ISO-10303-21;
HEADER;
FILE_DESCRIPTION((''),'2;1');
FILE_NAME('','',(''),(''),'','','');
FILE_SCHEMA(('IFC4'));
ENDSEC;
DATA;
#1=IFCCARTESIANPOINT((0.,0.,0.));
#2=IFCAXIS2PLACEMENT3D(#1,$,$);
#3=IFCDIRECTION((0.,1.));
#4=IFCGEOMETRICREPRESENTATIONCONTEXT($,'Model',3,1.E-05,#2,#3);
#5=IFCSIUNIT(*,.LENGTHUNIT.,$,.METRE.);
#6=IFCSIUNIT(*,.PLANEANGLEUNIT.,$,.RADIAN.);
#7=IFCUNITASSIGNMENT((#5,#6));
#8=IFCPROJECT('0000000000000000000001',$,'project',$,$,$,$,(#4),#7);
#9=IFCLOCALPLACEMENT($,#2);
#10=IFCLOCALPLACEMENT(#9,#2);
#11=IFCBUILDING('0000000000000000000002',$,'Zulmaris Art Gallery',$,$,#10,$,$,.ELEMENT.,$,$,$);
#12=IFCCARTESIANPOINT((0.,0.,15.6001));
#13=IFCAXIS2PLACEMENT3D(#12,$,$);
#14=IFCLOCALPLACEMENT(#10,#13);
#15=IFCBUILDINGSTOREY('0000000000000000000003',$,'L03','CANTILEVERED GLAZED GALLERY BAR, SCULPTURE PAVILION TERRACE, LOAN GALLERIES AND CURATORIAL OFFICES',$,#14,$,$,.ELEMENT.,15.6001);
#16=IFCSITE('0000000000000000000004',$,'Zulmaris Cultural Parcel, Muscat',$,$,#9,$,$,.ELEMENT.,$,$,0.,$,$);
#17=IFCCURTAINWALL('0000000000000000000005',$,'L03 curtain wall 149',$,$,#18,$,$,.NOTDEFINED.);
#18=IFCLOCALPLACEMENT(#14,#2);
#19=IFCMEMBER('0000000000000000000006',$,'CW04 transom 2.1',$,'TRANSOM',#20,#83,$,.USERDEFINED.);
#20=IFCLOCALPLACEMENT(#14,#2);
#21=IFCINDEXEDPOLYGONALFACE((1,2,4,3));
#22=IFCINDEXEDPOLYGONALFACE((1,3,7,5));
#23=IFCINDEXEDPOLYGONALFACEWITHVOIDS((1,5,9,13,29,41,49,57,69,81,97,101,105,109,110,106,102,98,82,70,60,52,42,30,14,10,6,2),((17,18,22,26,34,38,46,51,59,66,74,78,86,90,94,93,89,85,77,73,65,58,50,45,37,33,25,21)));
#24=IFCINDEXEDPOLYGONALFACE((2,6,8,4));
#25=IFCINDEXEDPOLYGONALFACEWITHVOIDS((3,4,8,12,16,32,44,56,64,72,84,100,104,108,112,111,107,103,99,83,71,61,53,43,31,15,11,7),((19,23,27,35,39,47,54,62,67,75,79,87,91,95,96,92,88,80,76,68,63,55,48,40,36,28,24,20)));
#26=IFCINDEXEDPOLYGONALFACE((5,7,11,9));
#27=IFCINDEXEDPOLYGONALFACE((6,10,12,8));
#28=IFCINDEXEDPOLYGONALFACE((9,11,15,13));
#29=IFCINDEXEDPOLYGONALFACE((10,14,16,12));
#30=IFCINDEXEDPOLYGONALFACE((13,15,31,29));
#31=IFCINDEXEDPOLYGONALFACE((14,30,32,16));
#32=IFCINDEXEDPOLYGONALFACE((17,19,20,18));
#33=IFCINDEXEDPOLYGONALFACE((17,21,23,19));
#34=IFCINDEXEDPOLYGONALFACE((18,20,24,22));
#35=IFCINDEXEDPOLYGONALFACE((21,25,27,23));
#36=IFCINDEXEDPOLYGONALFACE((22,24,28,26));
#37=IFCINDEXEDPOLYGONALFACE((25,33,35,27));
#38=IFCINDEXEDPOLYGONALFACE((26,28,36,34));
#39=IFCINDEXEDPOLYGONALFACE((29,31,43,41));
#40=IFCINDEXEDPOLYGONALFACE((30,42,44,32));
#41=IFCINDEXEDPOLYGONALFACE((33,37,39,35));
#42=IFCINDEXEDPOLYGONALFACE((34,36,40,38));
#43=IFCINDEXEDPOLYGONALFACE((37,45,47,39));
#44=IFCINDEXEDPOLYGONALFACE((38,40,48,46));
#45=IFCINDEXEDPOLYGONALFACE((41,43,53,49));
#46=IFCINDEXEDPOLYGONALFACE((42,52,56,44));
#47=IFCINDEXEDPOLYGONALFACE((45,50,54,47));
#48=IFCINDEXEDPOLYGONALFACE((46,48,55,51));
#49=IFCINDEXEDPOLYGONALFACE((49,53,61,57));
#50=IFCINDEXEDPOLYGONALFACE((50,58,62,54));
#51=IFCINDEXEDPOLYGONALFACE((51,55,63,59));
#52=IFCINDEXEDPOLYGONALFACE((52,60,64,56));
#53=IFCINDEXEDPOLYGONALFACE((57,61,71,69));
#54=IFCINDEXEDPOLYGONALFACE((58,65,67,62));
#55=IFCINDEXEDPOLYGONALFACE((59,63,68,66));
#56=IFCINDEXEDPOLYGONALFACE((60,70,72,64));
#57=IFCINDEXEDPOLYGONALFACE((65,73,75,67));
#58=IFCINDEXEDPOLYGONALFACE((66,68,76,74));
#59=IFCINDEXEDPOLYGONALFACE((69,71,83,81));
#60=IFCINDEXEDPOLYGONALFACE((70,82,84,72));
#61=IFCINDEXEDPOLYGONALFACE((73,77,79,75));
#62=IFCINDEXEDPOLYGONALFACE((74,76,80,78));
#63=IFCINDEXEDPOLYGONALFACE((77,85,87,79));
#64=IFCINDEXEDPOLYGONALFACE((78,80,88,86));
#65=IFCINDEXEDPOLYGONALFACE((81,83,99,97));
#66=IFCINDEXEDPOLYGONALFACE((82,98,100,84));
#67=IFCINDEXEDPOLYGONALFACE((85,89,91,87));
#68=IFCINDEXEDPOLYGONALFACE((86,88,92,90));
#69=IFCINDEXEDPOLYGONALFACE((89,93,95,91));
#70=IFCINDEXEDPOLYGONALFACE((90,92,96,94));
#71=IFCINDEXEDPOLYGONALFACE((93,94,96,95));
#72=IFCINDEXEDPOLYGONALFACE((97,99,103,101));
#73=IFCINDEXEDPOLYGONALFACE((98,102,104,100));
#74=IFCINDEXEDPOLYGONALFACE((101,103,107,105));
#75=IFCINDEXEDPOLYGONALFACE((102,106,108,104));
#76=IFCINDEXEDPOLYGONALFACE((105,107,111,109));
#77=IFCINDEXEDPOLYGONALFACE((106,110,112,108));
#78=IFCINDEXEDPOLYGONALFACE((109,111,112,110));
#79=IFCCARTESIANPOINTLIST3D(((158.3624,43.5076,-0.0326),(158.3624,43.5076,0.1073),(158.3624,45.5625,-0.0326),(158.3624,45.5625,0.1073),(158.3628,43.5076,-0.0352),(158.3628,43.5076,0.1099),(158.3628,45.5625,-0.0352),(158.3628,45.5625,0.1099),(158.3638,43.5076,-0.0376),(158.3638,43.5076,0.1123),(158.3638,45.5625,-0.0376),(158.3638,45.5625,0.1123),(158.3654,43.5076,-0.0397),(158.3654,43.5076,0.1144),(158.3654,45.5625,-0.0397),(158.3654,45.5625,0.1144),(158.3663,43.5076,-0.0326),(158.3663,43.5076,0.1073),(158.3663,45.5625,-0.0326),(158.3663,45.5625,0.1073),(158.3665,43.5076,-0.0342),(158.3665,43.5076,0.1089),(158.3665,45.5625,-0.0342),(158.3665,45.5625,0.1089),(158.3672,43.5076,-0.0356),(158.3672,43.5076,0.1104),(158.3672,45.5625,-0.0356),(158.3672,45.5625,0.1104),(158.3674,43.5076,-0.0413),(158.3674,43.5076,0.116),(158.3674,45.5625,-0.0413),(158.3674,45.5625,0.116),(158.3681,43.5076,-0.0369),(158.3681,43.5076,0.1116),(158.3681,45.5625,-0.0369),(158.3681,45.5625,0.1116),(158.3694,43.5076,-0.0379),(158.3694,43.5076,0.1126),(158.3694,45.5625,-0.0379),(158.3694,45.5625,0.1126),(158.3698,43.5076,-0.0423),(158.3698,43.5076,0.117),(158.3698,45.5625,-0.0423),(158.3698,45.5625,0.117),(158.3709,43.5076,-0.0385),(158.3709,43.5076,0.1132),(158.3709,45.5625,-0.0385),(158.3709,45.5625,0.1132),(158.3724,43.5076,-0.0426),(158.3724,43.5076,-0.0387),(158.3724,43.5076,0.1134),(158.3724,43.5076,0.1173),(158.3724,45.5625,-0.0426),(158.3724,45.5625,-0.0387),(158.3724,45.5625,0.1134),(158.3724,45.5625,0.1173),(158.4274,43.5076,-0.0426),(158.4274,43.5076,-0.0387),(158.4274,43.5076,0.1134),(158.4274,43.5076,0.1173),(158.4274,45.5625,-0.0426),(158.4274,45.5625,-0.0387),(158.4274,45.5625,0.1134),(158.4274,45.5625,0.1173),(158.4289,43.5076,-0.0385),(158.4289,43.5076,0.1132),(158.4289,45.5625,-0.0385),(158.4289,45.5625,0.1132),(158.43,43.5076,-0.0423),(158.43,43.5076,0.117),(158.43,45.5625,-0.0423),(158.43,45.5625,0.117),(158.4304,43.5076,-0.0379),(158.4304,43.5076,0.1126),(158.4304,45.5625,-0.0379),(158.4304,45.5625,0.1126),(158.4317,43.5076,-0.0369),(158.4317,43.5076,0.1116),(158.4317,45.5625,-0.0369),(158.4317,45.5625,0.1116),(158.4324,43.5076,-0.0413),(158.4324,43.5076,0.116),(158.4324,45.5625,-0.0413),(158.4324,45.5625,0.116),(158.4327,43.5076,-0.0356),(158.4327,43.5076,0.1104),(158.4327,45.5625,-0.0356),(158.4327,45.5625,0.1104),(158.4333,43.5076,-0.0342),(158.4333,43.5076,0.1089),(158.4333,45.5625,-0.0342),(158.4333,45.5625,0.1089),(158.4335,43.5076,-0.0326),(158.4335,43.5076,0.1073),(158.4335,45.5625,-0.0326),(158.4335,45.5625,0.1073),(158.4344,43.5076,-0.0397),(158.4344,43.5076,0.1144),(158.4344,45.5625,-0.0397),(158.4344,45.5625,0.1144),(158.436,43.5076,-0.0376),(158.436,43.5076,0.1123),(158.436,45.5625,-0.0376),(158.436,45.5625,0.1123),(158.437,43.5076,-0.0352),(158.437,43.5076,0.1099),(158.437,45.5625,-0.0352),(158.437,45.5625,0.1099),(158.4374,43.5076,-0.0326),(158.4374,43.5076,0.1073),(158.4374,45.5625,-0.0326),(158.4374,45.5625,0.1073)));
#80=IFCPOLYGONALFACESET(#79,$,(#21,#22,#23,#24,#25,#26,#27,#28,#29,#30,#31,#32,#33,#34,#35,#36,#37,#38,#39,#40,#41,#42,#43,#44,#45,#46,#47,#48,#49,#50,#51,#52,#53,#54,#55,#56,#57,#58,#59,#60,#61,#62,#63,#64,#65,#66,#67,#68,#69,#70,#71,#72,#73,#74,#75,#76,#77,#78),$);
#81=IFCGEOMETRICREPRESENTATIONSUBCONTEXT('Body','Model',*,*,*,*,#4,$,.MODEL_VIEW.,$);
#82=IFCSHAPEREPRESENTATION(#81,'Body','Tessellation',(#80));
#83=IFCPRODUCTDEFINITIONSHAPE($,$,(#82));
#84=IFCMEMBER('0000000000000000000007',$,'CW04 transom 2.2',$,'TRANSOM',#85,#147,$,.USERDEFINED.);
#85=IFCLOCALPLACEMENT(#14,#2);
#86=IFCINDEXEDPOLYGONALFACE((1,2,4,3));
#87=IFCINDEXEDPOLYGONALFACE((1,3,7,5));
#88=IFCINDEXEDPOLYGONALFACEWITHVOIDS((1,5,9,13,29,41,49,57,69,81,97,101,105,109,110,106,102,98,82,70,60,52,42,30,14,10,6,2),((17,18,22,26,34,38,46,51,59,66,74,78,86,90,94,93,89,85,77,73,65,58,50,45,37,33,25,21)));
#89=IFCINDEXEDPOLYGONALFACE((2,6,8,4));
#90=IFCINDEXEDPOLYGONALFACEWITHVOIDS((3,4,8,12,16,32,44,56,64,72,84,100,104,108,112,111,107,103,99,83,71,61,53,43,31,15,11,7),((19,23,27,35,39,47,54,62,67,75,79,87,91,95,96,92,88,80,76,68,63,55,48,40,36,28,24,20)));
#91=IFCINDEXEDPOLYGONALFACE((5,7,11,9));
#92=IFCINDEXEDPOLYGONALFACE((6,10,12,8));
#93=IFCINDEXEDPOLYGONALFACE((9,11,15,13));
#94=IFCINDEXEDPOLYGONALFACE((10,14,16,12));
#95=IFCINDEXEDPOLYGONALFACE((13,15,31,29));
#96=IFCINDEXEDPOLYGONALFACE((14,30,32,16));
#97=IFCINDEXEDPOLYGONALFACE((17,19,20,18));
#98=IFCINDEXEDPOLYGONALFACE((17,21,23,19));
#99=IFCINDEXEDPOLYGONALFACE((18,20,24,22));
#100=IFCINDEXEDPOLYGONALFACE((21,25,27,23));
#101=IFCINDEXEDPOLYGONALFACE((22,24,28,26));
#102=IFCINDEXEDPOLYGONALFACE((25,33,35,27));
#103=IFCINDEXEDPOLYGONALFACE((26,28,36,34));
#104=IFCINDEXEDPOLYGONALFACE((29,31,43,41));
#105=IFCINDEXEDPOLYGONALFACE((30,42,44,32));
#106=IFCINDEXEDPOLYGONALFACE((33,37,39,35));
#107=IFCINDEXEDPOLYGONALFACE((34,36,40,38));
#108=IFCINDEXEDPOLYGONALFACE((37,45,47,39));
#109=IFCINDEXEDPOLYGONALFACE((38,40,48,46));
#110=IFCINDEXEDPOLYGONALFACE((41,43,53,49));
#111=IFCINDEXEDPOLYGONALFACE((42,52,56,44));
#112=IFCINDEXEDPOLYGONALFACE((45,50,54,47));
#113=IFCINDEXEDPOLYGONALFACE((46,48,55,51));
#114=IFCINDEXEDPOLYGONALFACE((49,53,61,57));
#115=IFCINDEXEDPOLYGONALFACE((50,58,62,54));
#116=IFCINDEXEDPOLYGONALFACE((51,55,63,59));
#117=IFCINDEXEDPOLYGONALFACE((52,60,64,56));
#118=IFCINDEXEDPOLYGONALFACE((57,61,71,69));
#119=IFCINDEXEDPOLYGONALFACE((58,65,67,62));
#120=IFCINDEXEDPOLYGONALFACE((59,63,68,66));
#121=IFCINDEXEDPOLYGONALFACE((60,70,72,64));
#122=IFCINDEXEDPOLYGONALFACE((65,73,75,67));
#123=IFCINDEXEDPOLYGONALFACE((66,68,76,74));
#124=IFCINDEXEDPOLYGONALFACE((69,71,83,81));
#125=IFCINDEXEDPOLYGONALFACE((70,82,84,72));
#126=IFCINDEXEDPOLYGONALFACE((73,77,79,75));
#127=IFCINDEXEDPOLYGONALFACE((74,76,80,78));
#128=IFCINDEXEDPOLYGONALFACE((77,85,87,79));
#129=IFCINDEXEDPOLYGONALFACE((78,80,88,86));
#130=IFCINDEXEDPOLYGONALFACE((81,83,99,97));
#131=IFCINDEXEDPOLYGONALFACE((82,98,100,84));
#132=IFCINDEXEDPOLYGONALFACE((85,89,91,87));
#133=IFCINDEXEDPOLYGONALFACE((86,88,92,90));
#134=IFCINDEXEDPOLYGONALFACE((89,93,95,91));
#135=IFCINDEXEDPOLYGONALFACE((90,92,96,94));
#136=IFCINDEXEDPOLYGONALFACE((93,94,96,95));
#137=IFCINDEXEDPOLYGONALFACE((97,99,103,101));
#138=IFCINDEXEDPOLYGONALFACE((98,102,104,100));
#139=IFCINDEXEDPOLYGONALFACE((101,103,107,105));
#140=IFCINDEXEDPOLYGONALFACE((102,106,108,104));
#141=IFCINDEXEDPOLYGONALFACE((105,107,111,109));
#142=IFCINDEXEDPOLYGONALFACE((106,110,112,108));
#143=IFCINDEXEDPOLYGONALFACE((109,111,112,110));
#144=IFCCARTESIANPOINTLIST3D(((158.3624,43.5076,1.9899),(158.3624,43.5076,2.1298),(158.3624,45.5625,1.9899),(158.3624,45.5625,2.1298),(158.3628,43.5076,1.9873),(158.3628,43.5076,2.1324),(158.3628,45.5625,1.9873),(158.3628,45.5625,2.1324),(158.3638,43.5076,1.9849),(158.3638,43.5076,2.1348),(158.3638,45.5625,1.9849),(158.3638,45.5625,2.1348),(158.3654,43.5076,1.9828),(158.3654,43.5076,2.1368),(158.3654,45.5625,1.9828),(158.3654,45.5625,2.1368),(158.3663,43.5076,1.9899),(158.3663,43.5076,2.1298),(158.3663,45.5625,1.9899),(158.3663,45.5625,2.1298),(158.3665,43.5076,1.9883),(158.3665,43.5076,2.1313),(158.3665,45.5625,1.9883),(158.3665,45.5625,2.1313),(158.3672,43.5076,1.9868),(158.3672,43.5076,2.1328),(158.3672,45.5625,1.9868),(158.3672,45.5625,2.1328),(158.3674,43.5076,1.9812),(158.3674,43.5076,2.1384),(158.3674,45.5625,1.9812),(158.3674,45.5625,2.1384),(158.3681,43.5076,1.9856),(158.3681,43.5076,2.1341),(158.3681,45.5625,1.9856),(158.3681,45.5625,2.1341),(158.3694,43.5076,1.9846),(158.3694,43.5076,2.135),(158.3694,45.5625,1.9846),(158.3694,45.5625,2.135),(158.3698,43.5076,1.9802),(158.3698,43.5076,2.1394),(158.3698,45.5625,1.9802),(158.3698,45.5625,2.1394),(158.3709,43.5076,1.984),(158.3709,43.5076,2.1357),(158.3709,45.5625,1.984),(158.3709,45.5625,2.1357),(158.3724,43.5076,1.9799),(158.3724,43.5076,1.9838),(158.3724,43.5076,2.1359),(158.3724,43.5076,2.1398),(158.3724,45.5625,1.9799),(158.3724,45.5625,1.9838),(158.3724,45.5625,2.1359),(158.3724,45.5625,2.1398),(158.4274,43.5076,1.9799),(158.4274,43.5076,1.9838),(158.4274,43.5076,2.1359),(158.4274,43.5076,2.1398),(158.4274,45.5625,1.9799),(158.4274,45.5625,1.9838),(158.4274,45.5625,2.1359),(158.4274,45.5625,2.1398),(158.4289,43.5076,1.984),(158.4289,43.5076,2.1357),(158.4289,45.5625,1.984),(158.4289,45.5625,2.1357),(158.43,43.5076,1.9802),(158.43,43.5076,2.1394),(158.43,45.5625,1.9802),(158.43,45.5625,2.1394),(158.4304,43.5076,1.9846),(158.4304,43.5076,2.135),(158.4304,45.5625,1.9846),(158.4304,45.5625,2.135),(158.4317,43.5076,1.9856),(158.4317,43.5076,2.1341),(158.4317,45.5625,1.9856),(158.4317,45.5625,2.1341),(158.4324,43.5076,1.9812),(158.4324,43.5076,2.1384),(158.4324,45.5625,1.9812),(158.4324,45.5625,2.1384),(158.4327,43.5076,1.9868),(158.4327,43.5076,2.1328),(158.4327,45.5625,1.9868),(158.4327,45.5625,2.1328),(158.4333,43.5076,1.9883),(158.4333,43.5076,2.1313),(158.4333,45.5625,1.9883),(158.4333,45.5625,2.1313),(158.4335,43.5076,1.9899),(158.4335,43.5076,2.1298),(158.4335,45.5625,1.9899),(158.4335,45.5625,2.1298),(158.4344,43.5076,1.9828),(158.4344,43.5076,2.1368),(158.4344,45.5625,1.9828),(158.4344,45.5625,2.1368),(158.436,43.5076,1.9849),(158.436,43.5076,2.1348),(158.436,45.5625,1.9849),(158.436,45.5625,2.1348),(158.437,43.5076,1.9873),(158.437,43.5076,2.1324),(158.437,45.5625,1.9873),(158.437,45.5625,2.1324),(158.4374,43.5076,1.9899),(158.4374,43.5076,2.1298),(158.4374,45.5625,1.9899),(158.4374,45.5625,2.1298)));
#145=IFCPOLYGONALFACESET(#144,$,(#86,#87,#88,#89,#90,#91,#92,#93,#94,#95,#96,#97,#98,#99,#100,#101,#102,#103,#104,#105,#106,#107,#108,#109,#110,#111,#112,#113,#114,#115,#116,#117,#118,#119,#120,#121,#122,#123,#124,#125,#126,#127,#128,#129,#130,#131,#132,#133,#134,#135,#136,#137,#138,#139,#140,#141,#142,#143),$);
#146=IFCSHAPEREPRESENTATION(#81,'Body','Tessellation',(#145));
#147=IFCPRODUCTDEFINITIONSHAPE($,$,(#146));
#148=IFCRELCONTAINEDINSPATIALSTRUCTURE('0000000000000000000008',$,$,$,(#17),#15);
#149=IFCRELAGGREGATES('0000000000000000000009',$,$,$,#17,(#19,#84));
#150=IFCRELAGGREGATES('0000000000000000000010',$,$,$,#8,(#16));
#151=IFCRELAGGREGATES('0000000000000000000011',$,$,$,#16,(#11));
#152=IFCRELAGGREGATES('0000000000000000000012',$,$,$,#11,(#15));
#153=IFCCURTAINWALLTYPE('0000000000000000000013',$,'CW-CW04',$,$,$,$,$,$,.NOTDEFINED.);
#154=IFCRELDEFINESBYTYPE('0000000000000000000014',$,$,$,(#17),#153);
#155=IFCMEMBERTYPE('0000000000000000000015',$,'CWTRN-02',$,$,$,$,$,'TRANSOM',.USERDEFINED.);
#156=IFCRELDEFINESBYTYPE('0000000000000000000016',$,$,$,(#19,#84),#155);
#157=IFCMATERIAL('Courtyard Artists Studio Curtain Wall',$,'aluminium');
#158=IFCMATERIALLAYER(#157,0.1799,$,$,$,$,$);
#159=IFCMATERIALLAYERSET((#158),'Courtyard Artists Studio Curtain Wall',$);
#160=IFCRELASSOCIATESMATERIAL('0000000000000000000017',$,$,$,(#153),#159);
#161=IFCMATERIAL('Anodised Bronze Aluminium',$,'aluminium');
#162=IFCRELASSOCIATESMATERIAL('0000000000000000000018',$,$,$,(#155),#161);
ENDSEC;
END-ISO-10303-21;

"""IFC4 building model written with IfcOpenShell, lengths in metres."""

from ifc_helpers import new_model, si_unit, direction, frame, origin, origin_2d, place, context, subcontext, project, spatial, hollow_rectangle, extrude, material, layer, layer_set, material_profile, profile_set, type_object, element, aggregate, save


model = new_model("IFC4")

# Units and contexts
model_context = context("Model", 3, precision=1e-05, world=origin(), true_north=direction((0.0, 1.0)))
body_context = subcontext(model_context, "Body", "Model", "MODEL_VIEW")
ifc_project = project(units=[si_unit("LENGTHUNIT", "METRE"), si_unit("PLANEANGLEUNIT", "RADIAN")], contexts=[model_context])

# Site, building, storey
site_placement = place(None, origin())
site = spatial("IfcSite", under=ifc_project, at=site_placement, Name="Zulmaris Cultural Parcel, Muscat", CompositionType="ELEMENT", RefElevation=0.0)
building_placement = place(site_placement, origin())
building = spatial("IfcBuilding", under=site, at=building_placement, Name="Zulmaris Art Gallery", CompositionType="ELEMENT")
storey_placement = place(building_placement, frame((0.0, 0.0, 15.6001)))
storey = spatial("IfcBuildingStorey", under=building, at=storey_placement, Name="L03", Description="CANTILEVERED GLAZED GALLERY BAR, SCULPTURE PAVILION TERRACE, LOAN GALLERIES AND CURATORIAL OFFICES", CompositionType="ELEMENT", Elevation=15.6001)

# Curtain wall
ifc_material_1 = material(Name="Courtyard Artists Studio Curtain Wall", Category="aluminium")
ifc_layer_1 = layer(ifc_material_1, 0.1799)
ifc_layer_set_1 = layer_set([ifc_layer_1], Name="Courtyard Artists Studio Curtain Wall")
curtain_wall_type = type_object("IfcCurtainWallType", Name="CW-CW04", PredefinedType="NOTDEFINED", material=ifc_layer_set_1)
curtain_wall_1_placement = place(storey_placement, origin())
curtain_wall_1 = element("IfcCurtainWall", 1, at=curtain_wall_1_placement, inside=storey, type_object=curtain_wall_type, Name="L03 curtain wall 149", PredefinedType="NOTDEFINED")
ifc_material_2 = material(Name="Anodised Bronze Aluminium", Category="aluminium")

# Members
ifc_material_profile_1 = material_profile(ifc_material_2, hollow_rectangle(XDim=0.075, YDim=0.1599, WallThickness=0.0039, InnerFilletRadius=0.0061, OuterFilletRadius=0.01, at=origin_2d()), Name="ALU 75x160x4")
ifc_profile_set_1 = profile_set([ifc_material_profile_1], Name="Anodised Bronze Aluminium")
member_type_1 = type_object("IfcMemberType", Name="CWTRN-02", ElementType="TRANSOM", PredefinedType="USERDEFINED", material=ifc_profile_set_1)
member_1_placement = place(storey_placement, frame((158.3999, 43.5076, 0.0374), z_axis=(0.0, 1.0, 0.0), x_axis=(-1.0, 0.0, 0.0)))
member_1 = element("IfcMember", 2, at=member_1_placement, type_object=member_type_1, Name="CW04 transom 2.1", ObjectType="TRANSOM", PredefinedType="USERDEFINED", context=body_context, shape_type="SweptSolid", body=[
    extrude(hollow_rectangle(XDim=0.075, YDim=0.1599, WallThickness=0.0039, InnerFilletRadius=0.0061, OuterFilletRadius=0.01, at=origin_2d()), origin(), (0.0, 0.0, 1.0), 2.0549),
])
member_2_placement = place(storey_placement, frame((158.3999, 43.5076, 2.0598), z_axis=(0.0, 1.0, 0.0), x_axis=(-1.0, 0.0, 0.0)))
member_2 = element("IfcMember", 3, at=member_2_placement, type_object=member_type_1, Name="CW04 transom 2.2", ObjectType="TRANSOM", PredefinedType="USERDEFINED", context=body_context, shape_type="SweptSolid", body=[
    extrude(hollow_rectangle(XDim=0.075, YDim=0.1599, WallThickness=0.0039, InnerFilletRadius=0.0061, OuterFilletRadius=0.01, at=origin_2d()), origin(), (0.0, 0.0, 1.0), 2.0549),
])

aggregate(curtain_wall_1, [member_1, member_2])

save(model, "model.ifc")
